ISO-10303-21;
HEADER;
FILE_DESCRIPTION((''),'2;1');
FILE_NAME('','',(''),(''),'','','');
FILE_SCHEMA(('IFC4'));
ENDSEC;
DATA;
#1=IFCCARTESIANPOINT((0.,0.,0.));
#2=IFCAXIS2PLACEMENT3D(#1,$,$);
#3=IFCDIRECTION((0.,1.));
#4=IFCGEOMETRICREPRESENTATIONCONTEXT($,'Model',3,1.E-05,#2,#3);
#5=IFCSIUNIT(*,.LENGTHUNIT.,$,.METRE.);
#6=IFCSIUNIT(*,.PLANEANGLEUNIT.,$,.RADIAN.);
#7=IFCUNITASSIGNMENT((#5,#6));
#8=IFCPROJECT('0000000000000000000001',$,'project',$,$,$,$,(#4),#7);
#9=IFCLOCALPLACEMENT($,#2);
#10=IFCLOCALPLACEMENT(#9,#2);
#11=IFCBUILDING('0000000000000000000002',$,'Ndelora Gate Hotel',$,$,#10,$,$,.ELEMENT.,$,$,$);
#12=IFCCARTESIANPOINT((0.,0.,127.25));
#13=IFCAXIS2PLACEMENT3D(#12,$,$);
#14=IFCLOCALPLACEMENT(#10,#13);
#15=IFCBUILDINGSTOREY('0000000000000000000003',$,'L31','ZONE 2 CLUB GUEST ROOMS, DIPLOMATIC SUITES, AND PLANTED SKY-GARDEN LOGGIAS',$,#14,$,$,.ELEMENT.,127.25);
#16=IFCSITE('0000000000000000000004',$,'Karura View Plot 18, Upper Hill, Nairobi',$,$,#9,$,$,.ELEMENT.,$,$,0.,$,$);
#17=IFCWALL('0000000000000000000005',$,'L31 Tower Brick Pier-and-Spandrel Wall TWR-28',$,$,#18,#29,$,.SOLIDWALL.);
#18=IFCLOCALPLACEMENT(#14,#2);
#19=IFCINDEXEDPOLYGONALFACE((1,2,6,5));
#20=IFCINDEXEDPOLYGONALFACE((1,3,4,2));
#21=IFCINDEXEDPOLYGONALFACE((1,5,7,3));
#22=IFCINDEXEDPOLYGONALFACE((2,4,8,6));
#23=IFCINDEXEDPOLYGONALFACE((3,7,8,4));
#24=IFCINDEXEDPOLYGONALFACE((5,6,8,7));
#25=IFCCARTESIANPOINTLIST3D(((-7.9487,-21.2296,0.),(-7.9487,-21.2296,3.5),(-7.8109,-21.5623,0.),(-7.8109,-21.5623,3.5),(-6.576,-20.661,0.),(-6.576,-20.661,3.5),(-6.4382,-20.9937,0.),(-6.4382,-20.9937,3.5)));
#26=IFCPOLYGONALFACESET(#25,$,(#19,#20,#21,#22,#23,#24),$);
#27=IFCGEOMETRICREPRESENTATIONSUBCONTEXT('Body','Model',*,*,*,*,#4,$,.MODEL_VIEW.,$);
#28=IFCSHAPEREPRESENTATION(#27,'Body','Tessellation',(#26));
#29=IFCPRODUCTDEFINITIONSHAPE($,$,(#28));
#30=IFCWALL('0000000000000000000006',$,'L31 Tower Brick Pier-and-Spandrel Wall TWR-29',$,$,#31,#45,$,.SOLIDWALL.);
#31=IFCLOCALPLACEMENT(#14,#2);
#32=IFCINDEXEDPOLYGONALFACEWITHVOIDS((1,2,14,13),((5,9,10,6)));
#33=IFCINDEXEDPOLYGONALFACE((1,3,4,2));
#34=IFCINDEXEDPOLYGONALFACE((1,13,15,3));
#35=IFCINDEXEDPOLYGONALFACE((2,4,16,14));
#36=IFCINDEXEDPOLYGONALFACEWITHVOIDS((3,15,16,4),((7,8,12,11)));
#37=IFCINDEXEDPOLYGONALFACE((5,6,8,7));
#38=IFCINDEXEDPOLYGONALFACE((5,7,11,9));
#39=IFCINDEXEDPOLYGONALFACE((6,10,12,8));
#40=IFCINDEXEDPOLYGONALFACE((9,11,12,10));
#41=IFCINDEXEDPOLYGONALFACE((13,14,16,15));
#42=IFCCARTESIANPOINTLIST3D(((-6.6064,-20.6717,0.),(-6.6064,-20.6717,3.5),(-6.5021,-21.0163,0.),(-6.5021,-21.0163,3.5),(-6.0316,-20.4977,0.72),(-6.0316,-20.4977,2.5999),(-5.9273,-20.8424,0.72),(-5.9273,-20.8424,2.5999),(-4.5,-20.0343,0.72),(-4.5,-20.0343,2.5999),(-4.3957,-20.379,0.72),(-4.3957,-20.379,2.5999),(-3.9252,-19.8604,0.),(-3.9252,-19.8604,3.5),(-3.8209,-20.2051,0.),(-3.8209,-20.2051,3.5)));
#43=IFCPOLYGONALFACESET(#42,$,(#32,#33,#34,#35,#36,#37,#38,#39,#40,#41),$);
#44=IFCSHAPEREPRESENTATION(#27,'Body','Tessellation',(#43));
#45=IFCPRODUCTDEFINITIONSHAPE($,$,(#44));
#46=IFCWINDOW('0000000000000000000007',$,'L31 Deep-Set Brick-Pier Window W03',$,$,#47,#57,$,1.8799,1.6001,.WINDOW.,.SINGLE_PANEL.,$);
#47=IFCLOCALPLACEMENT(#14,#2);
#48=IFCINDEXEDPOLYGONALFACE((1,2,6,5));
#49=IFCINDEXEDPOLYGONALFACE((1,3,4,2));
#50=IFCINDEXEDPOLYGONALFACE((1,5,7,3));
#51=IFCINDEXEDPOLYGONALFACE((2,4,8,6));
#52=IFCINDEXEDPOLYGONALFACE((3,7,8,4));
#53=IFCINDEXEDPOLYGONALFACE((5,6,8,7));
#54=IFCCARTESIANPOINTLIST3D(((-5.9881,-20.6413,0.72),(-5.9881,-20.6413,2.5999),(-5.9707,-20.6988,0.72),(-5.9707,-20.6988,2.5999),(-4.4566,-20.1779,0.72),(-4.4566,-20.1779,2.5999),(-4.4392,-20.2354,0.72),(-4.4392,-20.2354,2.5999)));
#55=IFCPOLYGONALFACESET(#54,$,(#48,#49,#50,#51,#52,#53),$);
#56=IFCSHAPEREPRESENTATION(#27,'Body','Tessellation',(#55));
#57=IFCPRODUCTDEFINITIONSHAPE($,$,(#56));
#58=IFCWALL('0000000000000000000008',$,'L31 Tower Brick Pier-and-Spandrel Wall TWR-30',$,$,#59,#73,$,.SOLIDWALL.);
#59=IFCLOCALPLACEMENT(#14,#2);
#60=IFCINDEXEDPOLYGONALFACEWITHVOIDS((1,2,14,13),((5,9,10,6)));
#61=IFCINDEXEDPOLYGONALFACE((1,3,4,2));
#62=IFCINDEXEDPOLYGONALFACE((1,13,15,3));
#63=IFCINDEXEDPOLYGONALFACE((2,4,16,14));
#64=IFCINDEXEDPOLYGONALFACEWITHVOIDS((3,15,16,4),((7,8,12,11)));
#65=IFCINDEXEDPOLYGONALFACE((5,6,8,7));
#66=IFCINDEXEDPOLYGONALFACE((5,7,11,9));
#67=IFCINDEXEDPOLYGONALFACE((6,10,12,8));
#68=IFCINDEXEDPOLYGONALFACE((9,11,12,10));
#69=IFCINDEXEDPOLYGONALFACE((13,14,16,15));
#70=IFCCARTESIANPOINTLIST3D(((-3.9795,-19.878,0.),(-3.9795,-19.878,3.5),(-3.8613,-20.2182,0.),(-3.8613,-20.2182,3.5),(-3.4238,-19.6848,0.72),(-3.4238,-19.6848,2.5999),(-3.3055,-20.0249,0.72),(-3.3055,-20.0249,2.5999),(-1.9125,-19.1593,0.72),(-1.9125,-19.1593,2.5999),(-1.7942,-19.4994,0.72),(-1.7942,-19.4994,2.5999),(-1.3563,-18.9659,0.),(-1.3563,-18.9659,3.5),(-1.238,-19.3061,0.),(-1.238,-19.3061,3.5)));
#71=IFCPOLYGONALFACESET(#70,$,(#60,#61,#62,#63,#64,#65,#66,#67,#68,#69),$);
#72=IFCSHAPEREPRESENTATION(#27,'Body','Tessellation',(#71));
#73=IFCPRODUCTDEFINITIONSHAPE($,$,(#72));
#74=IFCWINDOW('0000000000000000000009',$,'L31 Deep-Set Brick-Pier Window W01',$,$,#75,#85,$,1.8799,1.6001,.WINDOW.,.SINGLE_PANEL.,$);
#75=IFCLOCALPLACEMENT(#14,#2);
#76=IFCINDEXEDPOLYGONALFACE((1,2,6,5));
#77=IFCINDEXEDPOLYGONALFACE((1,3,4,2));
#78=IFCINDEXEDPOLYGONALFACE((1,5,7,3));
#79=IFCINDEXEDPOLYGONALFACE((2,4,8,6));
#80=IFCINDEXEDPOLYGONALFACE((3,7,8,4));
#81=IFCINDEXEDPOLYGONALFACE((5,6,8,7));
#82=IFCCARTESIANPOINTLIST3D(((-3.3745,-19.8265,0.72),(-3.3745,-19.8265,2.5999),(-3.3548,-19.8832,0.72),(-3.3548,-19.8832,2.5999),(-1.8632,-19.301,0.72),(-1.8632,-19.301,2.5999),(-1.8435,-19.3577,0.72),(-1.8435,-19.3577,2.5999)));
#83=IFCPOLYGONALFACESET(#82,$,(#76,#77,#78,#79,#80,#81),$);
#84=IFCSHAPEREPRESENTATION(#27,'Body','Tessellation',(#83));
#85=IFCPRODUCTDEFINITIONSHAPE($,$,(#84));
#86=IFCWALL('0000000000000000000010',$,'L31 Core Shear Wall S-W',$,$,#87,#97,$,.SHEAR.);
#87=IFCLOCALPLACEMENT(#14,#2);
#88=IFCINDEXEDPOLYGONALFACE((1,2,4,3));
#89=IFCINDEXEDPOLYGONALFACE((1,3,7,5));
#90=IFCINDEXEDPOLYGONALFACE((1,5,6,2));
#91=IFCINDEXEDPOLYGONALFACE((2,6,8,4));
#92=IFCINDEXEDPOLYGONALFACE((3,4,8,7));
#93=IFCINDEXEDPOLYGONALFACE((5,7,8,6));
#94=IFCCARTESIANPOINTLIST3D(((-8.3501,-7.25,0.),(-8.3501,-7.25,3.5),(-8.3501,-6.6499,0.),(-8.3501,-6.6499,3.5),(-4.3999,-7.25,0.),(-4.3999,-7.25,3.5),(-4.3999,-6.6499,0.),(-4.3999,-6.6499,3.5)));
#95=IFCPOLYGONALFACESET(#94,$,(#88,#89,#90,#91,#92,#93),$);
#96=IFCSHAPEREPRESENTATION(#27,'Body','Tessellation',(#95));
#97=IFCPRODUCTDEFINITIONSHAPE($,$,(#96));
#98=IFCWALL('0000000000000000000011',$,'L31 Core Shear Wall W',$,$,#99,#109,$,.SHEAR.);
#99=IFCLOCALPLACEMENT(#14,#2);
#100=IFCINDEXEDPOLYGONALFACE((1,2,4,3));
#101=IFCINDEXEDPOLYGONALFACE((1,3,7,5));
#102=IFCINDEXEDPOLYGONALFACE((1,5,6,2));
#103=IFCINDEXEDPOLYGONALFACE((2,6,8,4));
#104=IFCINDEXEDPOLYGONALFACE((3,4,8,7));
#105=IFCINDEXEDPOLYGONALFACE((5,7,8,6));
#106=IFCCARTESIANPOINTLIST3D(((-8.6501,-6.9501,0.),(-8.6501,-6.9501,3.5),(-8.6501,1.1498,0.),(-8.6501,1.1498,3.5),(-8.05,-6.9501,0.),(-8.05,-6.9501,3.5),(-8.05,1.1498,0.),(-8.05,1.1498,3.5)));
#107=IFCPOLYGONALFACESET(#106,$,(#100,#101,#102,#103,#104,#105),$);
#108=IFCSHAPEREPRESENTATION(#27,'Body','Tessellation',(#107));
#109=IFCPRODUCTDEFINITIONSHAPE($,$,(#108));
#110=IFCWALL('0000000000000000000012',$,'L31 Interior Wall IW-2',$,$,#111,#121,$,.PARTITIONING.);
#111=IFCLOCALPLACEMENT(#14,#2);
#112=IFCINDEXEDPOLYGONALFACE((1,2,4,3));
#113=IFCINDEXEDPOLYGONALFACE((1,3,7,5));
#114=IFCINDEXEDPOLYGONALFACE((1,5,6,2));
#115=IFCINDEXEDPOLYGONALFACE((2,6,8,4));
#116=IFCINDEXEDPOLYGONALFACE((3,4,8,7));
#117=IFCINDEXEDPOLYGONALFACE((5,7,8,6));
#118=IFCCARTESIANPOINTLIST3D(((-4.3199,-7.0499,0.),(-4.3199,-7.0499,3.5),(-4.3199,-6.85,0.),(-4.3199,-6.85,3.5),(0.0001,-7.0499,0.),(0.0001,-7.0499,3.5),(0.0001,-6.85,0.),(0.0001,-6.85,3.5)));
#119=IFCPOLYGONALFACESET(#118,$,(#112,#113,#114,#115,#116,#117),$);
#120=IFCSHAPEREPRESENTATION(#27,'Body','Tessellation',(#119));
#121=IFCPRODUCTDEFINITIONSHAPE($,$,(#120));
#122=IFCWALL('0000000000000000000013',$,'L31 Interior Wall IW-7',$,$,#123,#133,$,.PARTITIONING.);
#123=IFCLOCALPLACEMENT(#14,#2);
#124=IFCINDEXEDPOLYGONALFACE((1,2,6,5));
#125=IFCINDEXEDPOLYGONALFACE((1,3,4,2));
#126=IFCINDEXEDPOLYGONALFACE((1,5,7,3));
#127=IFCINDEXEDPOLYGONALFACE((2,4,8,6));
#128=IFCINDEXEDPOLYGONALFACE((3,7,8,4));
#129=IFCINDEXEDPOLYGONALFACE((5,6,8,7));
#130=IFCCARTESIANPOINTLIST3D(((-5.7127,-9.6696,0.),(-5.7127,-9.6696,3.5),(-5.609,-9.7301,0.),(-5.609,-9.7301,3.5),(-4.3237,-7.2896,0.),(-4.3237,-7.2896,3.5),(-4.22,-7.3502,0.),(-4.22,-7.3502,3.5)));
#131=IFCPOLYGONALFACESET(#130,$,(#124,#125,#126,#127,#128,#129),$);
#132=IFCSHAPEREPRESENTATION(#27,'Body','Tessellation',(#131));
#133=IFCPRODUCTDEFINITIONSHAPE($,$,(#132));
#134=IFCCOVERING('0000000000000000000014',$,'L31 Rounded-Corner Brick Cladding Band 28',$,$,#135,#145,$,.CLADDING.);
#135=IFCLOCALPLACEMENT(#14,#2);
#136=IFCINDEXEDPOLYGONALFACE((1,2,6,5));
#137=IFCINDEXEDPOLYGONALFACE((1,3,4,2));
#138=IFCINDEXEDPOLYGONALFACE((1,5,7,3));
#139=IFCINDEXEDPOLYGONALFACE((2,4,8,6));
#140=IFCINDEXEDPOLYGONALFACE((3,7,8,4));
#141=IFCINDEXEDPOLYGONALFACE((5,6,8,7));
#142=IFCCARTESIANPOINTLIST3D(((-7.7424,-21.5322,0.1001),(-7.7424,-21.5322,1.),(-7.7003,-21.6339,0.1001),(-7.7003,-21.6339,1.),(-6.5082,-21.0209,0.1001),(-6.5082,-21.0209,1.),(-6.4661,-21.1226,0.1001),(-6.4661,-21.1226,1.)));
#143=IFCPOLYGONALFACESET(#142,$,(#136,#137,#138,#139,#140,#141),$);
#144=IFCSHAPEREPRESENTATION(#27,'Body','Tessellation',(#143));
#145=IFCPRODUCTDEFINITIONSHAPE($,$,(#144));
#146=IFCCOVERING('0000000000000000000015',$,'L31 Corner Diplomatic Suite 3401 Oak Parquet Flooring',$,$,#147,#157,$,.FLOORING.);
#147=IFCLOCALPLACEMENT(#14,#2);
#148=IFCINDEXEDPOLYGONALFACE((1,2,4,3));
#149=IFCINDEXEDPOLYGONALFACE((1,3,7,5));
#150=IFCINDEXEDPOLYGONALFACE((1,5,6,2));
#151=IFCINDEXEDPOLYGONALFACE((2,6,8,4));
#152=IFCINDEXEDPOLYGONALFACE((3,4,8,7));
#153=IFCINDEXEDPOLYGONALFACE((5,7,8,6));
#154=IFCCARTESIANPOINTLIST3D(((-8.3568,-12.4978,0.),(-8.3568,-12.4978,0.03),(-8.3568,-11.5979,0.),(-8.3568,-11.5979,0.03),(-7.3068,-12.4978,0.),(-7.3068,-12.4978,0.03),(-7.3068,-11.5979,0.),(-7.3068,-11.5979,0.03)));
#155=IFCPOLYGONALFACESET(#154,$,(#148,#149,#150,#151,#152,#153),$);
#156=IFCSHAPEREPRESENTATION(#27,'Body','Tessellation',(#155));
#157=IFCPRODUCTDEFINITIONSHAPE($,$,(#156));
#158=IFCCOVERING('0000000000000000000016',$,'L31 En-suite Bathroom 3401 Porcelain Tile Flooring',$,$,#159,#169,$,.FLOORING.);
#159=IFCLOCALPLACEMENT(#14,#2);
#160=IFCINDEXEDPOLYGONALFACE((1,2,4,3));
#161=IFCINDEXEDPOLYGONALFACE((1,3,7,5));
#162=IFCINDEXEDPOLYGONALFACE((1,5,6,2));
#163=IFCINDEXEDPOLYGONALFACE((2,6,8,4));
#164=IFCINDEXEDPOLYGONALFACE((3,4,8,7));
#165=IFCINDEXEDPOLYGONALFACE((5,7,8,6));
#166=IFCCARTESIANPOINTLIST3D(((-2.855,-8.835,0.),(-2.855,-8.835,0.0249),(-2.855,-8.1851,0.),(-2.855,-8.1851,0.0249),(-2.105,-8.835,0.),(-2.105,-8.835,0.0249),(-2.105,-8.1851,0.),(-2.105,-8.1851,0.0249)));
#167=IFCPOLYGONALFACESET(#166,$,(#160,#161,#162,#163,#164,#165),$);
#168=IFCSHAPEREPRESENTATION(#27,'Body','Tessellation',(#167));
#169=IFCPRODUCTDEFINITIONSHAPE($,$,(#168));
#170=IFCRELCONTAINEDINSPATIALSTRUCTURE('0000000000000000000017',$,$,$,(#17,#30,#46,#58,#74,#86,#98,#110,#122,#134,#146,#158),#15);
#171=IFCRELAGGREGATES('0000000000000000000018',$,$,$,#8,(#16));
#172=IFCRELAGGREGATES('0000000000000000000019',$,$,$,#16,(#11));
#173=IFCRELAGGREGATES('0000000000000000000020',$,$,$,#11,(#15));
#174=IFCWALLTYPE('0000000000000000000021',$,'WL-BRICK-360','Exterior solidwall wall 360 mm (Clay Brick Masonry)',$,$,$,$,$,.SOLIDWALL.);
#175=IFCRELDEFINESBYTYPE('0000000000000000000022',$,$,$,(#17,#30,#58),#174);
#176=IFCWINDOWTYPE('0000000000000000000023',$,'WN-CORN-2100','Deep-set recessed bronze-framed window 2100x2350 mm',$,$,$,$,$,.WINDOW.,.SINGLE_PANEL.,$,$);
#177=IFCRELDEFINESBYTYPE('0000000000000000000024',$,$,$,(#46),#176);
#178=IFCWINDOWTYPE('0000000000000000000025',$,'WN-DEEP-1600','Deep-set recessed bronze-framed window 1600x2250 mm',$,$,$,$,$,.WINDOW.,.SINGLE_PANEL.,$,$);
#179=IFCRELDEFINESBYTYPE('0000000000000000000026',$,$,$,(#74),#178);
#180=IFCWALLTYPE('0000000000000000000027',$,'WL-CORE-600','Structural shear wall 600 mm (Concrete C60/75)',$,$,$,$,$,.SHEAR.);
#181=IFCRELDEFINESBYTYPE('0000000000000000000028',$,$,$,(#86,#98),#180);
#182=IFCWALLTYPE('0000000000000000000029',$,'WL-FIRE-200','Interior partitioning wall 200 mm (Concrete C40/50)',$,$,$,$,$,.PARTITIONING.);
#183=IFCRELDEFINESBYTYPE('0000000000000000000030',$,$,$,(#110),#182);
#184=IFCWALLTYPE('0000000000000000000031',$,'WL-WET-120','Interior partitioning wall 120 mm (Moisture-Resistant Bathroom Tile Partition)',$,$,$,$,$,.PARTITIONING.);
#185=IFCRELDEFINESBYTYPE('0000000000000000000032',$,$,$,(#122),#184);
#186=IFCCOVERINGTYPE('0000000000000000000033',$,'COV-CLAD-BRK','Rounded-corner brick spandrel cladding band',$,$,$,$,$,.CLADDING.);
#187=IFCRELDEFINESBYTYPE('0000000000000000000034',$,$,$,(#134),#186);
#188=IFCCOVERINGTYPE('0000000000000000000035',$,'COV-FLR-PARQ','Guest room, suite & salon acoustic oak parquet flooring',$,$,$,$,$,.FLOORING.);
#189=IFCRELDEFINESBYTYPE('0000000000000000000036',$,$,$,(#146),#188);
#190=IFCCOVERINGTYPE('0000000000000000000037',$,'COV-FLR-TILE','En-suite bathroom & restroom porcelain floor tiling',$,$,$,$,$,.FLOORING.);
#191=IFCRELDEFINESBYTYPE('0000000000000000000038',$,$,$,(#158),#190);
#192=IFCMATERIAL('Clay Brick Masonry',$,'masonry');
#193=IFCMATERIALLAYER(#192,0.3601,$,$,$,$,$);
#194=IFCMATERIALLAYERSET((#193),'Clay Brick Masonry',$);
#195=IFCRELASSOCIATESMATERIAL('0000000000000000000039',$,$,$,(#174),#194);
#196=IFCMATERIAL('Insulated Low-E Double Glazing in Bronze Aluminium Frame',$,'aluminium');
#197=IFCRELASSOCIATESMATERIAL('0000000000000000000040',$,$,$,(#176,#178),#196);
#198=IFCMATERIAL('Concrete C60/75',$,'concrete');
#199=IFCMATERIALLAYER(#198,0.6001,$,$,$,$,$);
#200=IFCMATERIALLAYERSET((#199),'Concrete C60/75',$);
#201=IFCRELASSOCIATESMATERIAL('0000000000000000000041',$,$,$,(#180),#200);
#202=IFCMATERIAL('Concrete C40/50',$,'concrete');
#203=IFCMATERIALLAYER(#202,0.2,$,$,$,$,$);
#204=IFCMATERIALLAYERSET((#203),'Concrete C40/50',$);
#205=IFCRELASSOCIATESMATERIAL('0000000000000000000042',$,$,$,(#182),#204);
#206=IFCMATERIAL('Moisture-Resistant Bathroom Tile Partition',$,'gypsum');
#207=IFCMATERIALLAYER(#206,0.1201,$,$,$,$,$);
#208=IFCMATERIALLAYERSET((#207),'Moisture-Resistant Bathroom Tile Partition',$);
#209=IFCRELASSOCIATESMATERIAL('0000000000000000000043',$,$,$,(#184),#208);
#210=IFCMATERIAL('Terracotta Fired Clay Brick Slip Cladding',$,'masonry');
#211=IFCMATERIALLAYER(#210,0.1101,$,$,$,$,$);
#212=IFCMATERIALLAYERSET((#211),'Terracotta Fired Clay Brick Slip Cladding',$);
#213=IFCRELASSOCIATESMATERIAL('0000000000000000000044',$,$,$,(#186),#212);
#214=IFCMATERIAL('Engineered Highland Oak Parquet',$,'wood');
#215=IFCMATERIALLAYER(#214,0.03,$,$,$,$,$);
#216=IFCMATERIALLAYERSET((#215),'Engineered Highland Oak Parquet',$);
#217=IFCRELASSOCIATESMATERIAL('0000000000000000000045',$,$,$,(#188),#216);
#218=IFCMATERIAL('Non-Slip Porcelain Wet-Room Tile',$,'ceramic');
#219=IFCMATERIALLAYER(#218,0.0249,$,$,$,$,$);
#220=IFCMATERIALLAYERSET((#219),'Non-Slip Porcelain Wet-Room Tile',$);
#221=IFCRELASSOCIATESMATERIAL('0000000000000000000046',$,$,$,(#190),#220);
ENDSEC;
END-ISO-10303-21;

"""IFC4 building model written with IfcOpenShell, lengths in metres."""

from ifc_helpers import new_model, si_unit, direction, frame, frame_2d, origin, origin_2d, place, context, subcontext, project, spatial, rectangle, extrude, material, layer, layer_set, type_object, element, fill, save


model = new_model("IFC4")

# Units and contexts
model_context = context("Model", 3, precision=1e-05, world=origin(), true_north=direction((0.0, 1.0)))
body_context = subcontext(model_context, "Body", "Model", "MODEL_VIEW")
ifc_project = project(units=[si_unit("LENGTHUNIT", "METRE"), si_unit("PLANEANGLEUNIT", "RADIAN")], contexts=[model_context])

# Site, building, storey
site_placement = place(None, origin())
site = spatial("IfcSite", under=ifc_project, at=site_placement, Name="Karura View Plot 18, Upper Hill, Nairobi", CompositionType="ELEMENT", RefElevation=0.0)
building_placement = place(site_placement, origin())
building = spatial("IfcBuilding", under=site, at=building_placement, Name="Ndelora Gate Hotel", CompositionType="ELEMENT")
storey_placement = place(building_placement, frame((0.0, 0.0, 127.25)))
storey = spatial("IfcBuildingStorey", under=building, at=storey_placement, Name="L31", Description="ZONE 2 CLUB GUEST ROOMS, DIPLOMATIC SUITES, AND PLANTED SKY-GARDEN LOGGIAS", CompositionType="ELEMENT", Elevation=127.25)

# Shared definitions
ifc_material_1 = material(Name="Concrete C60/75", Category="concrete")

# Wall
ifc_material_2 = material(Name="Clay Brick Masonry", Category="masonry")
ifc_layer_1 = layer(ifc_material_2, 0.3601)
ifc_layer_set_1 = layer_set([ifc_layer_1], Name="Clay Brick Masonry")
wall_type_1 = type_object("IfcWallType", Name="WL-BRICK-360", Description="Exterior solidwall wall 360 mm (Clay Brick Masonry)", PredefinedType="SOLIDWALL", material=ifc_layer_set_1)
for number, where, z_axis, x_axis, name in (
    (1, (-6.5071, -20.8274, 0.0), (0.0, 0.0, 1.0), (-0.923887, -0.382666, 0.0), "L31 Tower Brick Pier-and-Spandrel Wall TWR-28"),
):
    element("IfcWall", number, at=place(storey_placement, frame(where, z_axis=z_axis, x_axis=x_axis)), inside=storey, type_object=wall_type_1, Name=name, PredefinedType="SOLIDWALL", context=body_context, shape_type="SweptSolid", body=[
        extrude(rectangle(XDim=1.4858, YDim=0.3601, at=frame_2d((0.7429, 0.0))), origin(), (0.0, 0.0, 1.0), 3.5),
    ])

# Walls, openings, windows
wall_1_placement = place(storey_placement, frame((-3.873, -20.0327, 0.0), z_axis=(0.0, 0.0, 1.0), x_axis=(-0.957142, -0.289618, 0.0)))
wall_1 = element("IfcWall", 2, at=wall_1_placement, inside=storey, type_object=wall_type_1, Name="L31 Tower Brick Pier-and-Spandrel Wall TWR-29", PredefinedType="SOLIDWALL", context=body_context, shape_type="SweptSolid", body=[
    extrude(rectangle(XDim=2.8013, YDim=0.3601, at=frame_2d((1.4006, 0.0))), origin(), (0.0, 0.0, 1.0), 3.5),
])
opening_1_placement = place(wall_1_placement, frame((0.6006, 0.0, 0.72)))
opening_1 = element("IfcOpeningElement", 3, at=opening_1_placement, cuts=wall_1, PredefinedType="OPENING", context=body_context, shape_type="SweptSolid", body=[
    extrude(rectangle(XDim=1.6001, YDim=1.8799, at=frame_2d((0.8, 0.9399))), frame((0.0, 0.1899, 0.0), z_axis=(0.0, -1.0, 0.0), x_axis=(1.0, 0.0, 0.0)), (0.0, 0.0, 1.0), 0.3801),
])
ifc_material_3 = material(Name="Insulated Low-E Double Glazing in Bronze Aluminium Frame", Category="aluminium")
window_type_1 = type_object("IfcWindowType", Name="WN-CORN-2100", Description="Deep-set recessed bronze-framed window 2100x2350 mm", PartitioningType="SINGLE_PANEL", PredefinedType="WINDOW", material=ifc_material_3)
window_1_placement = place(opening_1_placement, origin())
window_1 = element("IfcWindow", 4, at=window_1_placement, inside=storey, type_object=window_type_1, Name="L31 Deep-Set Brick-Pier Window W03", OverallHeight=1.8799, OverallWidth=1.6001, PartitioningType="SINGLE_PANEL", PredefinedType="WINDOW", context=body_context, shape_type="SweptSolid", body=[
    extrude(rectangle(XDim=1.6001, YDim=1.8799, at=frame_2d((0.8, 0.9399))), frame((0.0, 0.03, 0.0), z_axis=(0.0, -1.0, 0.0), x_axis=(1.0, 0.0, 0.0)), (0.0, 0.0, 1.0), 0.0601),
])
fill(opening_1, window_1)
wall_2_placement = place(storey_placement, frame((-1.2971, -19.136, 0.0), z_axis=(0.0, 0.0, 1.0), x_axis=(-0.944535, -0.328412, 0.0)))
wall_2 = element("IfcWall", 5, at=wall_2_placement, inside=storey, type_object=wall_type_1, Name="L31 Tower Brick Pier-and-Spandrel Wall TWR-30", PredefinedType="SOLIDWALL", context=body_context, shape_type="SweptSolid", body=[
    extrude(rectangle(XDim=2.7773, YDim=0.3601, at=frame_2d((1.3887, 0.0))), origin(), (0.0, 0.0, 1.0), 3.5),
])
opening_2_placement = place(wall_2_placement, frame((0.5889, 0.0, 0.72)))
opening_2 = element("IfcOpeningElement", 6, at=opening_2_placement, cuts=wall_2, PredefinedType="OPENING", context=body_context, shape_type="SweptSolid", body=[
    extrude(rectangle(XDim=1.6001, YDim=1.8799, at=frame_2d((0.8, 0.9399))), frame((0.0, 0.1899, 0.0), z_axis=(0.0, -1.0, 0.0), x_axis=(1.0, 0.0, 0.0)), (0.0, 0.0, 1.0), 0.3801),
])
window_type_2 = type_object("IfcWindowType", Name="WN-DEEP-1600", Description="Deep-set recessed bronze-framed window 1600x2250 mm", PartitioningType="SINGLE_PANEL", PredefinedType="WINDOW", material=ifc_material_3)
window_2_placement = place(opening_2_placement, origin())
window_2 = element("IfcWindow", 7, at=window_2_placement, inside=storey, type_object=window_type_2, Name="L31 Deep-Set Brick-Pier Window W01", OverallHeight=1.8799, OverallWidth=1.6001, PartitioningType="SINGLE_PANEL", PredefinedType="WINDOW", context=body_context, shape_type="SweptSolid", body=[
    extrude(rectangle(XDim=1.6001, YDim=1.8799, at=frame_2d((0.8, 0.9399))), frame((0.0, 0.03, 0.0), z_axis=(0.0, -1.0, 0.0), x_axis=(1.0, 0.0, 0.0)), (0.0, 0.0, 1.0), 0.0601),
])
fill(opening_2, window_2)

# Walls
ifc_layer_2 = layer(ifc_material_1, 0.6001)
ifc_layer_set_2 = layer_set([ifc_layer_2], Name="Concrete C60/75")
wall_type_2 = type_object("IfcWallType", Name="WL-CORE-600", Description="Structural shear wall 600 mm (Concrete C60/75)", PredefinedType="SHEAR", material=ifc_layer_set_2)
wall_3_placement = place(storey_placement, frame((-8.3501, -6.95, 0.0), z_axis=(0.0, 0.0, 1.0), x_axis=(1.0, 0.0, 0.0)))
element("IfcWall", 8, at=wall_3_placement, inside=storey, type_object=wall_type_2, Name="L31 Core Shear Wall S-W", PredefinedType="SHEAR", context=body_context, shape_type="SweptSolid", body=[
    extrude(rectangle(XDim=3.9502, YDim=0.6001, at=frame_2d((1.9751, 0.0))), origin(), (0.0, 0.0, 1.0), 3.5),
])
wall_4_placement = place(storey_placement, frame((-8.3501, -6.95, 0.0), z_axis=(0.0, 0.0, 1.0), x_axis=(0.0, 1.0, 0.0)))
element("IfcWall", 9, at=wall_4_placement, inside=storey, type_object=wall_type_2, Name="L31 Core Shear Wall W", PredefinedType="SHEAR", context=body_context, shape_type="SweptSolid", body=[
    extrude(rectangle(XDim=8.0999, YDim=0.6001, at=frame_2d((4.0498, 0.0))), origin(), (0.0, 0.0, 1.0), 3.5),
])
ifc_material_4 = material(Name="Concrete C40/50", Category="concrete")
ifc_layer_3 = layer(ifc_material_4, 0.2)
ifc_layer_set_3 = layer_set([ifc_layer_3], Name="Concrete C40/50")
wall_type_3 = type_object("IfcWallType", Name="WL-FIRE-200", Description="Interior partitioning wall 200 mm (Concrete C40/50)", PredefinedType="PARTITIONING", material=ifc_layer_set_3)
wall_5_placement = place(storey_placement, frame((-4.3201, -6.95, 0.0), z_axis=(0.0, 0.0, 1.0), x_axis=(1.0, 0.0, 0.0)))
element("IfcWall", 10, at=wall_5_placement, inside=storey, type_object=wall_type_3, Name="L31 Interior Wall IW-2", PredefinedType="PARTITIONING", context=body_context, shape_type="SweptSolid", body=[
    extrude(rectangle(XDim=4.3201, YDim=0.2, at=frame_2d((2.1602, 0.0))), origin(), (0.0, 0.0, 1.0), 3.5),
])
ifc_material_5 = material(Name="Moisture-Resistant Bathroom Tile Partition", Category="gypsum")
ifc_layer_4 = layer(ifc_material_5, 0.1201)
ifc_layer_set_4 = layer_set([ifc_layer_4], Name="Moisture-Resistant Bathroom Tile Partition")
wall_type_4 = type_object("IfcWallType", Name="WL-WET-120", Description="Interior partitioning wall 120 mm (Moisture-Resistant Bathroom Tile Partition)", PredefinedType="PARTITIONING", material=ifc_layer_set_4)
wall_6_placement = place(storey_placement, frame((-5.6609, -9.7, 0.0), z_axis=(0.0, 0.0, 1.0), x_axis=(0.504047, 0.863676, 0.0)))
element("IfcWall", 11, at=wall_6_placement, inside=storey, type_object=wall_type_4, Name="L31 Interior Wall IW-7", PredefinedType="PARTITIONING", context=body_context, shape_type="SweptSolid", body=[
    extrude(rectangle(XDim=2.7556, YDim=0.1201, at=frame_2d((1.3779, 0.0))), origin(), (0.0, 0.0, 1.0), 3.5),
])

# Coverings
ifc_material_6 = material(Name="Terracotta Fired Clay Brick Slip Cladding", Category="masonry")
ifc_layer_5 = layer(ifc_material_6, 0.1101)
ifc_layer_set_5 = layer_set([ifc_layer_5], Name="Terracotta Fired Clay Brick Slip Cladding")
covering_type_1 = type_object("IfcCoveringType", Name="COV-CLAD-BRK", Description="Rounded-corner brick spandrel cladding band", PredefinedType="CLADDING", material=ifc_layer_set_5)
covering_1_placement = place(storey_placement, frame((-7.1042, -21.3274, 0.1001), z_axis=(0.0, 0.0, 1.0), x_axis=(0.92388, 0.382683, 0.0)))
element("IfcCovering", 12, at=covering_1_placement, inside=storey, type_object=covering_type_1, Name="L31 Rounded-Corner Brick Cladding Band 28", PredefinedType="CLADDING", context=body_context, shape_type="SweptSolid", body=[
    extrude(rectangle(XDim=1.3359, YDim=0.1101, at=origin_2d()), origin(), (0.0, 0.0, 1.0), 0.8999),
])
ifc_material_7 = material(Name="Engineered Highland Oak Parquet", Category="wood")
ifc_layer_6 = layer(ifc_material_7, 0.03)
ifc_layer_set_6 = layer_set([ifc_layer_6], Name="Engineered Highland Oak Parquet")
covering_type_2 = type_object("IfcCoveringType", Name="COV-FLR-PARQ", Description="Guest room, suite & salon acoustic oak parquet flooring", PredefinedType="FLOORING", material=ifc_layer_set_6)
covering_2_placement = place(storey_placement, frame((-7.8318, -12.0479, 0.0), z_axis=(0.0, 0.0, 1.0), x_axis=(1.0, 0.0, 0.0)))
element("IfcCovering", 13, at=covering_2_placement, inside=storey, type_object=covering_type_2, Name="L31 Corner Diplomatic Suite 3401 Oak Parquet Flooring", PredefinedType="FLOORING", context=body_context, shape_type="SweptSolid", body=[
    extrude(rectangle(XDim=1.05, YDim=0.8999, at=origin_2d()), origin(), (0.0, 0.0, 1.0), 0.03),
])
ifc_material_8 = material(Name="Non-Slip Porcelain Wet-Room Tile", Category="ceramic")
ifc_layer_7 = layer(ifc_material_8, 0.0249)
ifc_layer_set_7 = layer_set([ifc_layer_7], Name="Non-Slip Porcelain Wet-Room Tile")
covering_type_3 = type_object("IfcCoveringType", Name="COV-FLR-TILE", Description="En-suite bathroom & restroom porcelain floor tiling", PredefinedType="FLOORING", material=ifc_layer_set_7)
covering_3_placement = place(storey_placement, frame((-2.48, -8.51, 0.0), z_axis=(0.0, 0.0, 1.0), x_axis=(1.0, 0.0, 0.0)))
element("IfcCovering", 14, at=covering_3_placement, inside=storey, type_object=covering_type_3, Name="L31 En-suite Bathroom 3401 Porcelain Tile Flooring", PredefinedType="FLOORING", context=body_context, shape_type="SweptSolid", body=[
    extrude(rectangle(XDim=0.75, YDim=0.6499, at=origin_2d()), origin(), (0.0, 0.0, 1.0), 0.0249),
])

save(model, "model.ifc")
